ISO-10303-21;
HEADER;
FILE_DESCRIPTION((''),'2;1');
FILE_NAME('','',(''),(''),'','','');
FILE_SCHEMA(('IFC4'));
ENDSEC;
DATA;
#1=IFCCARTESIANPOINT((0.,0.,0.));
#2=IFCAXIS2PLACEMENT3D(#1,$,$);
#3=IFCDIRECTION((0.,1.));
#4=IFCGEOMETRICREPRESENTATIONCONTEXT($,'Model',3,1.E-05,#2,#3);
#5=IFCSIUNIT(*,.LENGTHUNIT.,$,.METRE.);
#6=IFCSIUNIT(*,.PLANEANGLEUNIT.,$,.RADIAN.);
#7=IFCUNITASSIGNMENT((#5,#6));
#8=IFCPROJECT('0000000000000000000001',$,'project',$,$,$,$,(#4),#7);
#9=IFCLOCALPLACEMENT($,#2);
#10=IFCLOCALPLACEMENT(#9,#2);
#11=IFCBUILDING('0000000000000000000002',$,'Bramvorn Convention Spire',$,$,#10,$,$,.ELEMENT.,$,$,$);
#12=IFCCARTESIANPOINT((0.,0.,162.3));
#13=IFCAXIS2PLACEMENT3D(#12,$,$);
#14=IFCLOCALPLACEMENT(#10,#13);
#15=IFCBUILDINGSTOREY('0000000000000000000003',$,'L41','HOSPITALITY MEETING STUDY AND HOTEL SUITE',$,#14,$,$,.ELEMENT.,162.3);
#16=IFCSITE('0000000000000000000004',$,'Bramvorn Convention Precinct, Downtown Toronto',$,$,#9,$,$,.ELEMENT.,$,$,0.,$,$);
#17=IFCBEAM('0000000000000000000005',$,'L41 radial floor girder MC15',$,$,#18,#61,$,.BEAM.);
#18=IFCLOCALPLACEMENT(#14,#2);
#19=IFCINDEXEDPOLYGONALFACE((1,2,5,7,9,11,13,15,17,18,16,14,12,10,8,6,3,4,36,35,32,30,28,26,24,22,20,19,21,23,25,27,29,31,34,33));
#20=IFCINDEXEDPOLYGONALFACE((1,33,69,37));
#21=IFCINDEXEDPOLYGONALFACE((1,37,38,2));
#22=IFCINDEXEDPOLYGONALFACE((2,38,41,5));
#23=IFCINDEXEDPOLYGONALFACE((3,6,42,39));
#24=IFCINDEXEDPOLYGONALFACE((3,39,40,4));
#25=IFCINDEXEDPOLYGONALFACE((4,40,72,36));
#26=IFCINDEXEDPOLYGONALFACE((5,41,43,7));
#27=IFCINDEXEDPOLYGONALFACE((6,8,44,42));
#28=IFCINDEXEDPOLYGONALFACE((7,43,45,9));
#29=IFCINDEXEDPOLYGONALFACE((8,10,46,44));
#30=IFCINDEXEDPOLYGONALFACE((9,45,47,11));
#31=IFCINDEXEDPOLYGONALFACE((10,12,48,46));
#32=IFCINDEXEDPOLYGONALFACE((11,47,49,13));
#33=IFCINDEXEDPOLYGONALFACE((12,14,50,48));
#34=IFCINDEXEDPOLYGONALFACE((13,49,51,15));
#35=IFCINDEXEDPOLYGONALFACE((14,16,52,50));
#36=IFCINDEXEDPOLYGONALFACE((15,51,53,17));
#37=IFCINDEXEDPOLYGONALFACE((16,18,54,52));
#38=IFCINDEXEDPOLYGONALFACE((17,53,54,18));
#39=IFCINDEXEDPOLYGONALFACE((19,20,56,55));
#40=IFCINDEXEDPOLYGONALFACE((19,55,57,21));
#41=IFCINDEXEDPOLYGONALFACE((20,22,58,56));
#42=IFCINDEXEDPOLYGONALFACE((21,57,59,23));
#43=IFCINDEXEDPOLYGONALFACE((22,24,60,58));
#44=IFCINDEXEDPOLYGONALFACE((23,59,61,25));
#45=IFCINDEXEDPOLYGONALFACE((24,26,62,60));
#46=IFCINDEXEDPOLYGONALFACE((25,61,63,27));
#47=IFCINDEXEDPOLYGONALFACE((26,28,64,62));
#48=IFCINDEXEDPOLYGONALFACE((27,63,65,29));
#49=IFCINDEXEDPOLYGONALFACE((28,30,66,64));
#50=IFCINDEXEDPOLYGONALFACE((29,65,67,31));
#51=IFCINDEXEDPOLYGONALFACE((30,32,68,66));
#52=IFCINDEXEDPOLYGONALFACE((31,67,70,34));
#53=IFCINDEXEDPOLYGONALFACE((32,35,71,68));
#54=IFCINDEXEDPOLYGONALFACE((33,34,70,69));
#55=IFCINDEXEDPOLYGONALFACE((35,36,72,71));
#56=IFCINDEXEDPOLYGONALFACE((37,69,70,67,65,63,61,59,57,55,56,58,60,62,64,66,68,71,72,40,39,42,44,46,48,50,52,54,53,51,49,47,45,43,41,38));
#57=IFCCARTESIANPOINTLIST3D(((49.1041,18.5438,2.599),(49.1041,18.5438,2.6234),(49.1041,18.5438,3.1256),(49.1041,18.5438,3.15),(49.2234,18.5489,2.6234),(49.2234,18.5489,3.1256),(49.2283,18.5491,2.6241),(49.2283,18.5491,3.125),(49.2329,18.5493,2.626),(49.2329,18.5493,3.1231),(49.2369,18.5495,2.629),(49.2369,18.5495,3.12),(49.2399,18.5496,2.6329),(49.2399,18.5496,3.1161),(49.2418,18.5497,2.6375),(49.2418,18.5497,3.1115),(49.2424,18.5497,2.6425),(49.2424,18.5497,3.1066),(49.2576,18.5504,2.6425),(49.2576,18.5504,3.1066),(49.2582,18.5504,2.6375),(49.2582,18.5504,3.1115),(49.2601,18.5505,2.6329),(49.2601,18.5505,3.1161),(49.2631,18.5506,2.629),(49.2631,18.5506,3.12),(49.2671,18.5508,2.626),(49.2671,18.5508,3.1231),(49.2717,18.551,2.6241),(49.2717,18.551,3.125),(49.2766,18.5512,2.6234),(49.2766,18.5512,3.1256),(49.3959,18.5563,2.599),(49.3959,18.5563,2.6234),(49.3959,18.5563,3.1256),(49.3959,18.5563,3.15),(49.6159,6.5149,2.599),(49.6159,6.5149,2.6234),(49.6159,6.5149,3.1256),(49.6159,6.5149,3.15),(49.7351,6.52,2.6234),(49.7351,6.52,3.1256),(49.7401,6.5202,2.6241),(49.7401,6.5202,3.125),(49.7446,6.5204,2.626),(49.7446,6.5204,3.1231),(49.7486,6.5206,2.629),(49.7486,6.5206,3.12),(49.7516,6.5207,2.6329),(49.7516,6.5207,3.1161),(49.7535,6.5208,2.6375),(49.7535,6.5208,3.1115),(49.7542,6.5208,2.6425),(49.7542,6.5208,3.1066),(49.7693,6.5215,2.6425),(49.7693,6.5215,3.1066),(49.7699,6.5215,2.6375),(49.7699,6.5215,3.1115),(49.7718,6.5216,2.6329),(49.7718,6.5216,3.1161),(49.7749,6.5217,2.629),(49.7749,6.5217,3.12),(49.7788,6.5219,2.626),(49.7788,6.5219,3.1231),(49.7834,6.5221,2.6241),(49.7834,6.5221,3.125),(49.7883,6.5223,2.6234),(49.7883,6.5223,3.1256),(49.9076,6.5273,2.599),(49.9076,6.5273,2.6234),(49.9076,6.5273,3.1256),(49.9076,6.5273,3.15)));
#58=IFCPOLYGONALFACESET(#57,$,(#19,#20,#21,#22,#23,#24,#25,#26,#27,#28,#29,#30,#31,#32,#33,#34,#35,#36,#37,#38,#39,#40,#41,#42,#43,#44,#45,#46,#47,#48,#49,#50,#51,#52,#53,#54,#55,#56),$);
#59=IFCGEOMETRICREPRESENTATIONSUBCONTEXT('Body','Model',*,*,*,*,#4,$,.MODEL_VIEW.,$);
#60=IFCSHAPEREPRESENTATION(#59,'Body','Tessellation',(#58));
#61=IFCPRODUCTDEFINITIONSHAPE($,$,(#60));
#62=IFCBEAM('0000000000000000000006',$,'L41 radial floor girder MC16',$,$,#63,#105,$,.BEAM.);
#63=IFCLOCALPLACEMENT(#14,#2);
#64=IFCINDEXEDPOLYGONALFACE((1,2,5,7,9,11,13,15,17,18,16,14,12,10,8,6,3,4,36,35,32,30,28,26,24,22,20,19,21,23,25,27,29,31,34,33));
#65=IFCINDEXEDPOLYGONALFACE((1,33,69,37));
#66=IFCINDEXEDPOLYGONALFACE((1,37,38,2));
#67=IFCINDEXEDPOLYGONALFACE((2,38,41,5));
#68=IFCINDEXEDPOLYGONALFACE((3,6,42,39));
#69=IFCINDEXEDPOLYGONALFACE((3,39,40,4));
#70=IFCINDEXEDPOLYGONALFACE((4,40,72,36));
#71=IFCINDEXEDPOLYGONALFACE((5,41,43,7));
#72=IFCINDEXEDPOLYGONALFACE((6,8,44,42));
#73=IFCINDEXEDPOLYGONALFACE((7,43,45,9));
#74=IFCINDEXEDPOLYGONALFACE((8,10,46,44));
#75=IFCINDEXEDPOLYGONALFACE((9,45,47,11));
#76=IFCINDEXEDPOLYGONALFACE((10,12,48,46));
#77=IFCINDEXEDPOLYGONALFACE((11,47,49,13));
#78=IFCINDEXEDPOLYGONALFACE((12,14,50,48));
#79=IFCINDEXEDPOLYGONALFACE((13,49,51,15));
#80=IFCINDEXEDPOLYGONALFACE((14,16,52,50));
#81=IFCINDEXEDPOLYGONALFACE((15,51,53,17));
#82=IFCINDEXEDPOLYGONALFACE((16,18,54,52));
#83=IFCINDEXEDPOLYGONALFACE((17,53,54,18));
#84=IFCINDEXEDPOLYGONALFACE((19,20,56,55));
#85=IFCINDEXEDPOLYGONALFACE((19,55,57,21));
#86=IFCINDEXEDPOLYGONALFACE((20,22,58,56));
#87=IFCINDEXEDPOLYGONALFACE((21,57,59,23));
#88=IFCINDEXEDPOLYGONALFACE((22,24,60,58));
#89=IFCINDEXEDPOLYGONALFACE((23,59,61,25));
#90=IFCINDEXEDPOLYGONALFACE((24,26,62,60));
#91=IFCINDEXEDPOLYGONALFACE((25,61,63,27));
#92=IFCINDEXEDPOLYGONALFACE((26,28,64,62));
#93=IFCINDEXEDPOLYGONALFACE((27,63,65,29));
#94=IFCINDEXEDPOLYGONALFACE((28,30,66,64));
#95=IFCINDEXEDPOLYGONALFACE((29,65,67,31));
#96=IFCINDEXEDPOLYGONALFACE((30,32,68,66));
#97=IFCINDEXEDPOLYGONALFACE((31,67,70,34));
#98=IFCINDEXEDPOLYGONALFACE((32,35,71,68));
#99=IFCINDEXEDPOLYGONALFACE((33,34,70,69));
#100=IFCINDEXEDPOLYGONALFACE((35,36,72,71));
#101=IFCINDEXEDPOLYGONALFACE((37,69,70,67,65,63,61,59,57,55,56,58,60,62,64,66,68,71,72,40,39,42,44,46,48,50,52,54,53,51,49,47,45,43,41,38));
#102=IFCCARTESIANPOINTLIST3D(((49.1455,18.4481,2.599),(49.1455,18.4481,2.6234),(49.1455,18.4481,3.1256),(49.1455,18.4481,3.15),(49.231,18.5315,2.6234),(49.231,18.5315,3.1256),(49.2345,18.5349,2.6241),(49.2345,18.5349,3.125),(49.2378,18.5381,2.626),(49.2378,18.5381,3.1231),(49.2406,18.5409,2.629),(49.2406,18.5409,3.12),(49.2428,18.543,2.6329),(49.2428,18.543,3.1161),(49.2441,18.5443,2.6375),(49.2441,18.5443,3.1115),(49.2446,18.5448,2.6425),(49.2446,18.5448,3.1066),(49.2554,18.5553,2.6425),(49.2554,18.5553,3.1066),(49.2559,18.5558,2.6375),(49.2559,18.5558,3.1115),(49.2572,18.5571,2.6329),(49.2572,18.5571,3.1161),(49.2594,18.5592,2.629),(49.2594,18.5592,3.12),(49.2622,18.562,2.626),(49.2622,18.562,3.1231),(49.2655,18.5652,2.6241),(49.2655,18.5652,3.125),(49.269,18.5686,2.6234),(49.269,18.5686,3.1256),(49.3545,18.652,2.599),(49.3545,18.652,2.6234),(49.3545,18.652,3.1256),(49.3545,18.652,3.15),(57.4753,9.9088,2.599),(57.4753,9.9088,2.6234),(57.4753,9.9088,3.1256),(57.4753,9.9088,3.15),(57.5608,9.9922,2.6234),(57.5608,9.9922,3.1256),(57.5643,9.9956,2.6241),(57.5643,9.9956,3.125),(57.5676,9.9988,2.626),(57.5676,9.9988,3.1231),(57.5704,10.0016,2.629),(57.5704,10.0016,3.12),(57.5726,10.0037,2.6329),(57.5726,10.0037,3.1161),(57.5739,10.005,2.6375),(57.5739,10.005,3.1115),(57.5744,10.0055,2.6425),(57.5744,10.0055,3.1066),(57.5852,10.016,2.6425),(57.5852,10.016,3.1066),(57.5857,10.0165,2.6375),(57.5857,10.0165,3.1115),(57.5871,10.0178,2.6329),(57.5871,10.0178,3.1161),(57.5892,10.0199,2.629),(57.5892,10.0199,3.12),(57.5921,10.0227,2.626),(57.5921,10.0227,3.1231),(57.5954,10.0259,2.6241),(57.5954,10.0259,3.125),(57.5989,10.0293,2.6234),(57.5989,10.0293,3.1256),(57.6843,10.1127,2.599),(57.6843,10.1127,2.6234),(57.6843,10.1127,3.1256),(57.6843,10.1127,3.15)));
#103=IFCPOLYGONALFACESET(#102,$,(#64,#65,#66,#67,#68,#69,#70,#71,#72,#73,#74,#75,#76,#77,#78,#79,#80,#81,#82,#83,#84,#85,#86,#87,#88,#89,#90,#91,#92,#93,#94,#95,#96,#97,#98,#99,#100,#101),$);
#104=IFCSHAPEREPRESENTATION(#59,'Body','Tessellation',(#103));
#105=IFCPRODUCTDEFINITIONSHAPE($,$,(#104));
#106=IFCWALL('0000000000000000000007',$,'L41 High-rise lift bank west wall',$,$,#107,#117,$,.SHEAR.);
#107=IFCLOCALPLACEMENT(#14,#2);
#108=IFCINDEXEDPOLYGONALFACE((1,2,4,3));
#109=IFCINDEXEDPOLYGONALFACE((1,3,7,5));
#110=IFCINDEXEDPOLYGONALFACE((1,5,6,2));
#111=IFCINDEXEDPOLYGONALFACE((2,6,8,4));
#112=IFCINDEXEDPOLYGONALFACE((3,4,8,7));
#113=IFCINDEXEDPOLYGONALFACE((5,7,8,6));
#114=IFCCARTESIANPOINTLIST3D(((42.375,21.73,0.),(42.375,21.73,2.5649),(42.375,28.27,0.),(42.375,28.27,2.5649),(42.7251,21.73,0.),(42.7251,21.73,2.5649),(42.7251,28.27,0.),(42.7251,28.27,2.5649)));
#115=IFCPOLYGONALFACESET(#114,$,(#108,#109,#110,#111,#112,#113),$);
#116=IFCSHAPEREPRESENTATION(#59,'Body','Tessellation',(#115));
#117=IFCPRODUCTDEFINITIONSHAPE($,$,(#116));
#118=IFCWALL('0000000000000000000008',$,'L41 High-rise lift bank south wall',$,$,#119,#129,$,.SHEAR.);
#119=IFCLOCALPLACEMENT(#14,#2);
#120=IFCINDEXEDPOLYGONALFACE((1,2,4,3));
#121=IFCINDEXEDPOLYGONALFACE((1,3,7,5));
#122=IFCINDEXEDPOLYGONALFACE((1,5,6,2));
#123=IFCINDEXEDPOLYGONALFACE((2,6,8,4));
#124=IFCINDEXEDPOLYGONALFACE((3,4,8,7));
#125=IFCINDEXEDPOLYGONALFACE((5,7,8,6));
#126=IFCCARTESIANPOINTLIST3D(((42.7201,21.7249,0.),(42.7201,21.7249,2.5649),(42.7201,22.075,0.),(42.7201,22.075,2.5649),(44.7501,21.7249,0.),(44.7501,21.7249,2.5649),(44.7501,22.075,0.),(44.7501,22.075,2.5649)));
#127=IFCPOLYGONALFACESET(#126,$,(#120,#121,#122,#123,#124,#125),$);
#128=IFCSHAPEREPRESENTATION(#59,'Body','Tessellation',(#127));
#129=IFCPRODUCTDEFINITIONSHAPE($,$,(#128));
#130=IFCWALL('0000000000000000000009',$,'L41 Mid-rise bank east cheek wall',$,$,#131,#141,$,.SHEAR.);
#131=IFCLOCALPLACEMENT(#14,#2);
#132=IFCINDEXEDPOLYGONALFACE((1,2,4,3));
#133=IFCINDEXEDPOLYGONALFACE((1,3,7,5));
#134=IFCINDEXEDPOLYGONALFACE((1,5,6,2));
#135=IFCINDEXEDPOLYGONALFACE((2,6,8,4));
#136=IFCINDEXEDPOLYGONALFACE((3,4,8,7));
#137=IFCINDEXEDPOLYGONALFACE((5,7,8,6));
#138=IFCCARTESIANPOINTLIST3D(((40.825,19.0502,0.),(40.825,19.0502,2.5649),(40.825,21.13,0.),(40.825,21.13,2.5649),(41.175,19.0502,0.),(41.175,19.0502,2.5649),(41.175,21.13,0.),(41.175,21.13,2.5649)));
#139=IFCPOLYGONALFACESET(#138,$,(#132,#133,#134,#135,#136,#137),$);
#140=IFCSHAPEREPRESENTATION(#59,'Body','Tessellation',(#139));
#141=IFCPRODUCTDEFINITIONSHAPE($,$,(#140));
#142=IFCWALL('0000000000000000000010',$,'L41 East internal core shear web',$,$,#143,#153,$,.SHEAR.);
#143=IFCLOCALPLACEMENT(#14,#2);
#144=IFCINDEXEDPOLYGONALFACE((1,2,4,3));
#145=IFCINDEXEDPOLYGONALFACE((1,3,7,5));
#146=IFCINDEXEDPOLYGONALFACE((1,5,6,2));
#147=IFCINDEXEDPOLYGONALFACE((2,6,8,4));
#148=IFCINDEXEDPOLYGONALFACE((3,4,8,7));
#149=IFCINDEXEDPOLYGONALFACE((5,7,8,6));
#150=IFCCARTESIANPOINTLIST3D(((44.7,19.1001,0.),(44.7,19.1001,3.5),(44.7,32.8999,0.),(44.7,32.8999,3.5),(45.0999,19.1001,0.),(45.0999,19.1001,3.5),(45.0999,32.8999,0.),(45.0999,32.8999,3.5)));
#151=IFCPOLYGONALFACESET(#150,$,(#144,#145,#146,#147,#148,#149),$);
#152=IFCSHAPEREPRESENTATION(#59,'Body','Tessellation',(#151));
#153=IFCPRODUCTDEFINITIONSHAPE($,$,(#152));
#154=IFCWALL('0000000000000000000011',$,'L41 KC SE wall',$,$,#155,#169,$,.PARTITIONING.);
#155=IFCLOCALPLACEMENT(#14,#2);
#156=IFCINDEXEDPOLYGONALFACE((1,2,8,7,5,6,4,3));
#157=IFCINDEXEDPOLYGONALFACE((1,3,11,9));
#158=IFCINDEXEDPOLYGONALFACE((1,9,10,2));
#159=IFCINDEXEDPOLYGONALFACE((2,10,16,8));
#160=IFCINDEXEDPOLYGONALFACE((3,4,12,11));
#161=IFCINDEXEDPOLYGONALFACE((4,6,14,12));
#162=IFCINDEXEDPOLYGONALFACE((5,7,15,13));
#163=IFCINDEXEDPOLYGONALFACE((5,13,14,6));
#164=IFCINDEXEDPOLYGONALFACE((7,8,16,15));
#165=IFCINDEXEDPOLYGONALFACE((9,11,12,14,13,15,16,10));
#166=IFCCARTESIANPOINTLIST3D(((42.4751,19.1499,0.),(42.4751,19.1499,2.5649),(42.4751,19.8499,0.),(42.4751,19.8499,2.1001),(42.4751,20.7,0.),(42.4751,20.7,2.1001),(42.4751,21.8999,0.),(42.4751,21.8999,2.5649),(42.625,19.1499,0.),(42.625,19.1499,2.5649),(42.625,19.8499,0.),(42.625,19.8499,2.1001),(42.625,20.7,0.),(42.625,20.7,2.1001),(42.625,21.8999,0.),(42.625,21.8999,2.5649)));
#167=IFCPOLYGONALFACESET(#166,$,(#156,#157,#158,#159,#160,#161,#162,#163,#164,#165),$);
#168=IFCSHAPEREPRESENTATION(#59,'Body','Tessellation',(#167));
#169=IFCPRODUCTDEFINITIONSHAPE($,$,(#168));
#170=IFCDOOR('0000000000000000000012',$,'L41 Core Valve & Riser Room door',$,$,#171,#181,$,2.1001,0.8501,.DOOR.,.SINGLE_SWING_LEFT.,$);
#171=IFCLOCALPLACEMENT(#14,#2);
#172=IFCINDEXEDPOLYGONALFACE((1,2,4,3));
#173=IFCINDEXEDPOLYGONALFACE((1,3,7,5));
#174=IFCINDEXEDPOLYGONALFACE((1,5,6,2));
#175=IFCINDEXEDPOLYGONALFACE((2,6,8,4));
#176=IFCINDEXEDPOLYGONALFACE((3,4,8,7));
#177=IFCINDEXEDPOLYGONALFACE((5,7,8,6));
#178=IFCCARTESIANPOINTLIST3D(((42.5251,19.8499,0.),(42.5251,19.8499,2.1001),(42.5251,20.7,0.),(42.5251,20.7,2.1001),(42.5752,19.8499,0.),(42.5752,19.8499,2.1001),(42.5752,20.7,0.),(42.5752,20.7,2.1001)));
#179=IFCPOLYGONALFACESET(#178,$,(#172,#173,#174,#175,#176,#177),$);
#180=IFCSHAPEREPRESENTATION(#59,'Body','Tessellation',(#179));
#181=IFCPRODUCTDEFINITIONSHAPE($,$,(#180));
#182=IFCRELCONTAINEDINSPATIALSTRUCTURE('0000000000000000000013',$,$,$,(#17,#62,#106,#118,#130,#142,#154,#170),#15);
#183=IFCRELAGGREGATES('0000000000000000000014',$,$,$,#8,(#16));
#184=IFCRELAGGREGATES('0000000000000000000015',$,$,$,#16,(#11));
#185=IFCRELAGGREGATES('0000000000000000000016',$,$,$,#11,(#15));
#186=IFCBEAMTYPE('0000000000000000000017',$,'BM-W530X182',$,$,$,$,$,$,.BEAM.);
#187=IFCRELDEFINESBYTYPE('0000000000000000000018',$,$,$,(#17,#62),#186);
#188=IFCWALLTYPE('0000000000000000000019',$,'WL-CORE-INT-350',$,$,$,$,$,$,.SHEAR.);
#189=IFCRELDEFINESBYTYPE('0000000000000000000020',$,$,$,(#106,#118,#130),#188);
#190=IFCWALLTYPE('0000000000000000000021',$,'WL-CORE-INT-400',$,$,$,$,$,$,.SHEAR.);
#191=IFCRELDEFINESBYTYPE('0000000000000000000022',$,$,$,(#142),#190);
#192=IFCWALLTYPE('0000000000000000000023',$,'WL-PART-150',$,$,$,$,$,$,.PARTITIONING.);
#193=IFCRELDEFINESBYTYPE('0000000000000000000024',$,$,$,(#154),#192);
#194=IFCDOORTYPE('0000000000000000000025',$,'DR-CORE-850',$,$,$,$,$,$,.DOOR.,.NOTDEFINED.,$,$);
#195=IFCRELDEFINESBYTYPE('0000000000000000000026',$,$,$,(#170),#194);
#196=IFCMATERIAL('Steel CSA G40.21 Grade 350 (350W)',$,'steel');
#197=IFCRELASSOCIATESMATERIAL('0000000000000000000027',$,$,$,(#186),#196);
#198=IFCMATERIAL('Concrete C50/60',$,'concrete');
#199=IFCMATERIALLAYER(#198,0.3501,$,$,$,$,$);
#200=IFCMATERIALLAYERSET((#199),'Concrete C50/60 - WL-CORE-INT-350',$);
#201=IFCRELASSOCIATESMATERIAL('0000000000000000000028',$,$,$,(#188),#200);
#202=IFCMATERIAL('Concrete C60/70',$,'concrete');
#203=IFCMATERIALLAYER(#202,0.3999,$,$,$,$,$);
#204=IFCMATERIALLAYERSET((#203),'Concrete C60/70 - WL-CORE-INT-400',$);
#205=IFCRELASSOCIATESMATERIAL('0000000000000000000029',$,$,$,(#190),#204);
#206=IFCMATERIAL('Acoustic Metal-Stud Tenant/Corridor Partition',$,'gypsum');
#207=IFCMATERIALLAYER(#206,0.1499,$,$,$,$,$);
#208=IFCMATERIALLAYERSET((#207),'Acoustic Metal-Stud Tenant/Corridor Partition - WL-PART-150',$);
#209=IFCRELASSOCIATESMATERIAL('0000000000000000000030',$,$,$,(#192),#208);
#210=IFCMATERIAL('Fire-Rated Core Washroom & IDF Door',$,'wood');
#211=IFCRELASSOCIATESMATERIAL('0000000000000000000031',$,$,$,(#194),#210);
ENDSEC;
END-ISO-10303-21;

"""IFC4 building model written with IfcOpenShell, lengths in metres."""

from ifc_helpers import new_model, si_unit, direction, frame, frame_2d, origin, origin_2d, place, context, subcontext, project, spatial, rectangle, i_section, extrude, material, layer, layer_set, material_profile, profile_set, type_object, element, fill, save


model = new_model("IFC4")

# Units and contexts
model_context = context("Model", 3, precision=1e-05, world=origin(), true_north=direction((0.0, 1.0)))
body_context = subcontext(model_context, "Body", "Model", "MODEL_VIEW")
ifc_project = project(units=[si_unit("LENGTHUNIT", "METRE"), si_unit("PLANEANGLEUNIT", "RADIAN")], contexts=[model_context])

# Site, building, storey
site_placement = place(None, origin())
site = spatial("IfcSite", under=ifc_project, at=site_placement, Name="Bramvorn Convention Precinct, Downtown Toronto", CompositionType="ELEMENT", RefElevation=0.0)
building_placement = place(site_placement, origin())
building = spatial("IfcBuilding", under=site, at=building_placement, Name="Bramvorn Convention Spire", CompositionType="ELEMENT")
storey_placement = place(building_placement, frame((0.0, 0.0, 162.3)))
storey = spatial("IfcBuildingStorey", under=building, at=storey_placement, Name="L41", Description="HOSPITALITY MEETING STUDY AND HOTEL SUITE", CompositionType="ELEMENT", Elevation=162.3)

# Beams
ifc_material_1 = material(Name="Steel CSA G40.21 Grade 350 (350W)", Category="steel")
ifc_material_profile_1 = material_profile(ifc_material_1, i_section(OverallWidth=0.292, OverallDepth=0.551, WebThickness=0.0151, FlangeThickness=0.0244, FilletRadius=0.019, at=origin_2d()))
ifc_profile_set_1 = profile_set([ifc_material_profile_1], Name="Steel CSA G40.21 Grade 350 (350W) - W530X182")
beam_type_1 = type_object("IfcBeamType", Name="BM-W530X182", PredefinedType="BEAM", material=ifc_profile_set_1)
beam_1_placement = place(storey_placement, frame((49.25, 18.55, 2.8745), z_axis=(0.042503, -0.999096, 0.0), x_axis=(0.999096, 0.042503, 0.0)))
element("IfcBeam", 1, at=beam_1_placement, inside=storey, type_object=beam_type_1, Name="L41 radial floor girder MC15", PredefinedType="BEAM", context=body_context, shape_type="SweptSolid", body=[
    extrude(i_section(OverallWidth=0.292, OverallDepth=0.551, WebThickness=0.0151, FlangeThickness=0.0244, FilletRadius=0.019, at=origin_2d()), origin(), (0.0, 0.0, 1.0), 12.0398),
])
beam_2_placement = place(storey_placement, frame((49.25, 18.55, 2.8745), z_axis=(0.698272, -0.715832, 0.0), x_axis=(0.715832, 0.698272, 0.0)))
element("IfcBeam", 2, at=beam_2_placement, inside=storey, type_object=beam_type_1, Name="L41 radial floor girder MC16", PredefinedType="BEAM", context=body_context, shape_type="SweptSolid", body=[
    extrude(i_section(OverallWidth=0.292, OverallDepth=0.551, WebThickness=0.0151, FlangeThickness=0.0244, FilletRadius=0.019, at=origin_2d()), origin(), (0.0, 0.0, 1.0), 11.9292),
])

# Shared definitions
ifc_material_2 = material(Name="Concrete C60/70", Category="concrete")

# Walls
ifc_material_3 = material(Name="Concrete C50/60", Category="concrete")
ifc_layer_1 = layer(ifc_material_3, 0.3501)
ifc_layer_set_1 = layer_set([ifc_layer_1], Name="Concrete C50/60 - WL-CORE-INT-350")
wall_type_1 = type_object("IfcWallType", Name="WL-CORE-INT-350", PredefinedType="SHEAR", material=ifc_layer_set_1)
wall_1_placement = place(storey_placement, frame((42.55, 21.73, 0.0), z_axis=(0.0, 0.0, 1.0), x_axis=(0.0, 1.0, 0.0)))
element("IfcWall", 3, at=wall_1_placement, inside=storey, type_object=wall_type_1, Name="L41 High-rise lift bank west wall", PredefinedType="SHEAR", context=body_context, shape_type="SweptSolid", body=[
    extrude(rectangle(XDim=6.54, YDim=0.3501, at=frame_2d((3.27, 0.0))), origin(), (0.0, 0.0, 1.0), 2.5649),
])
wall_2_placement = place(storey_placement, frame((42.72, 21.8999, 0.0), z_axis=(0.0, 0.0, 1.0), x_axis=(1.0, 0.0, 0.0)))
element("IfcWall", 4, at=wall_2_placement, inside=storey, type_object=wall_type_1, Name="L41 High-rise lift bank south wall", PredefinedType="SHEAR", context=body_context, shape_type="SweptSolid", body=[
    extrude(rectangle(XDim=2.03, YDim=0.3501, at=frame_2d((1.0151, 0.0))), origin(), (0.0, 0.0, 1.0), 2.5649),
])

# Walls
wall_3_placement = place(storey_placement, frame((41.0, 19.05, 0.0), z_axis=(0.0, 0.0, 1.0), x_axis=(0.0, 1.0, 0.0)))
element("IfcWall", 5, at=wall_3_placement, inside=storey, type_object=wall_type_1, Name="L41 Mid-rise bank east cheek wall", PredefinedType="SHEAR", context=body_context, shape_type="SweptSolid", body=[
    extrude(rectangle(XDim=2.0798, YDim=0.3501, at=frame_2d((1.04, 0.0))), origin(), (0.0, 0.0, 1.0), 2.5649),
])
ifc_layer_2 = layer(ifc_material_2, 0.3999)
ifc_layer_set_2 = layer_set([ifc_layer_2], Name="Concrete C60/70 - WL-CORE-INT-400")
wall_type_2 = type_object("IfcWallType", Name="WL-CORE-INT-400", PredefinedType="SHEAR", material=ifc_layer_set_2)
wall_4_placement = place(storey_placement, frame((44.8999, 19.1001, 0.0), z_axis=(0.0, 0.0, 1.0), x_axis=(0.0, 1.0, 0.0)))
element("IfcWall", 6, at=wall_4_placement, inside=storey, type_object=wall_type_2, Name="L41 East internal core shear web", PredefinedType="SHEAR", context=body_context, shape_type="SweptSolid", body=[
    extrude(rectangle(XDim=13.7998, YDim=0.3999, at=frame_2d((6.8999, 0.0))), origin(), (0.0, 0.0, 1.0), 3.5),
])

# Wall, opening, door
ifc_material_4 = material(Name="Acoustic Metal-Stud Tenant/Corridor Partition", Category="gypsum")
ifc_layer_3 = layer(ifc_material_4, 0.1499)
ifc_layer_set_3 = layer_set([ifc_layer_3], Name="Acoustic Metal-Stud Tenant/Corridor Partition - WL-PART-150")
wall_type_3 = type_object("IfcWallType", Name="WL-PART-150", PredefinedType="PARTITIONING", material=ifc_layer_set_3)
wall_5_placement = place(storey_placement, frame((42.55, 19.1499, 0.0), z_axis=(0.0, 0.0, 1.0), x_axis=(0.0, 1.0, 0.0)))
wall_5 = element("IfcWall", 7, at=wall_5_placement, inside=storey, type_object=wall_type_3, Name="L41 KC SE wall", PredefinedType="PARTITIONING", context=body_context, shape_type="SweptSolid", body=[
    extrude(rectangle(XDim=2.75, YDim=0.1499, at=frame_2d((1.375, 0.0))), origin(), (0.0, 0.0, 1.0), 2.5649),
])
opening_1_placement = place(wall_5_placement, frame((0.7, 0.0, 0.0)))
opening_1 = element("IfcOpeningElement", 8, at=opening_1_placement, cuts=wall_5, PredefinedType="OPENING", context=body_context, shape_type="SweptSolid", body=[
    extrude(rectangle(XDim=0.8501, YDim=2.1001, at=frame_2d((0.425, 1.05))), frame((0.0, 0.085, 0.0), z_axis=(0.0, -1.0, 0.0), x_axis=(1.0, 0.0, 0.0)), (0.0, 0.0, 1.0), 0.1699),
])
ifc_material_5 = material(Name="Fire-Rated Core Washroom & IDF Door", Category="wood")
door_type_1 = type_object("IfcDoorType", Name="DR-CORE-850", OperationType="NOTDEFINED", PredefinedType="DOOR", material=ifc_material_5)
door_1_placement = place(opening_1_placement, origin())
door_1 = element("IfcDoor", 9, at=door_1_placement, inside=storey, type_object=door_type_1, Name="L41 Core Valve & Riser Room door", OperationType="SINGLE_SWING_LEFT", OverallHeight=2.1001, OverallWidth=0.8501, PredefinedType="DOOR", context=body_context, shape_type="SweptSolid", body=[
    extrude(rectangle(XDim=0.8501, YDim=2.1001, at=frame_2d((0.425, 1.05))), frame((0.0, 0.0249, 0.0), z_axis=(0.0, -1.0, 0.0), x_axis=(1.0, 0.0, 0.0)), (0.0, 0.0, 1.0), 0.05),
])
fill(opening_1, door_1)

save(model, "model.ifc")
